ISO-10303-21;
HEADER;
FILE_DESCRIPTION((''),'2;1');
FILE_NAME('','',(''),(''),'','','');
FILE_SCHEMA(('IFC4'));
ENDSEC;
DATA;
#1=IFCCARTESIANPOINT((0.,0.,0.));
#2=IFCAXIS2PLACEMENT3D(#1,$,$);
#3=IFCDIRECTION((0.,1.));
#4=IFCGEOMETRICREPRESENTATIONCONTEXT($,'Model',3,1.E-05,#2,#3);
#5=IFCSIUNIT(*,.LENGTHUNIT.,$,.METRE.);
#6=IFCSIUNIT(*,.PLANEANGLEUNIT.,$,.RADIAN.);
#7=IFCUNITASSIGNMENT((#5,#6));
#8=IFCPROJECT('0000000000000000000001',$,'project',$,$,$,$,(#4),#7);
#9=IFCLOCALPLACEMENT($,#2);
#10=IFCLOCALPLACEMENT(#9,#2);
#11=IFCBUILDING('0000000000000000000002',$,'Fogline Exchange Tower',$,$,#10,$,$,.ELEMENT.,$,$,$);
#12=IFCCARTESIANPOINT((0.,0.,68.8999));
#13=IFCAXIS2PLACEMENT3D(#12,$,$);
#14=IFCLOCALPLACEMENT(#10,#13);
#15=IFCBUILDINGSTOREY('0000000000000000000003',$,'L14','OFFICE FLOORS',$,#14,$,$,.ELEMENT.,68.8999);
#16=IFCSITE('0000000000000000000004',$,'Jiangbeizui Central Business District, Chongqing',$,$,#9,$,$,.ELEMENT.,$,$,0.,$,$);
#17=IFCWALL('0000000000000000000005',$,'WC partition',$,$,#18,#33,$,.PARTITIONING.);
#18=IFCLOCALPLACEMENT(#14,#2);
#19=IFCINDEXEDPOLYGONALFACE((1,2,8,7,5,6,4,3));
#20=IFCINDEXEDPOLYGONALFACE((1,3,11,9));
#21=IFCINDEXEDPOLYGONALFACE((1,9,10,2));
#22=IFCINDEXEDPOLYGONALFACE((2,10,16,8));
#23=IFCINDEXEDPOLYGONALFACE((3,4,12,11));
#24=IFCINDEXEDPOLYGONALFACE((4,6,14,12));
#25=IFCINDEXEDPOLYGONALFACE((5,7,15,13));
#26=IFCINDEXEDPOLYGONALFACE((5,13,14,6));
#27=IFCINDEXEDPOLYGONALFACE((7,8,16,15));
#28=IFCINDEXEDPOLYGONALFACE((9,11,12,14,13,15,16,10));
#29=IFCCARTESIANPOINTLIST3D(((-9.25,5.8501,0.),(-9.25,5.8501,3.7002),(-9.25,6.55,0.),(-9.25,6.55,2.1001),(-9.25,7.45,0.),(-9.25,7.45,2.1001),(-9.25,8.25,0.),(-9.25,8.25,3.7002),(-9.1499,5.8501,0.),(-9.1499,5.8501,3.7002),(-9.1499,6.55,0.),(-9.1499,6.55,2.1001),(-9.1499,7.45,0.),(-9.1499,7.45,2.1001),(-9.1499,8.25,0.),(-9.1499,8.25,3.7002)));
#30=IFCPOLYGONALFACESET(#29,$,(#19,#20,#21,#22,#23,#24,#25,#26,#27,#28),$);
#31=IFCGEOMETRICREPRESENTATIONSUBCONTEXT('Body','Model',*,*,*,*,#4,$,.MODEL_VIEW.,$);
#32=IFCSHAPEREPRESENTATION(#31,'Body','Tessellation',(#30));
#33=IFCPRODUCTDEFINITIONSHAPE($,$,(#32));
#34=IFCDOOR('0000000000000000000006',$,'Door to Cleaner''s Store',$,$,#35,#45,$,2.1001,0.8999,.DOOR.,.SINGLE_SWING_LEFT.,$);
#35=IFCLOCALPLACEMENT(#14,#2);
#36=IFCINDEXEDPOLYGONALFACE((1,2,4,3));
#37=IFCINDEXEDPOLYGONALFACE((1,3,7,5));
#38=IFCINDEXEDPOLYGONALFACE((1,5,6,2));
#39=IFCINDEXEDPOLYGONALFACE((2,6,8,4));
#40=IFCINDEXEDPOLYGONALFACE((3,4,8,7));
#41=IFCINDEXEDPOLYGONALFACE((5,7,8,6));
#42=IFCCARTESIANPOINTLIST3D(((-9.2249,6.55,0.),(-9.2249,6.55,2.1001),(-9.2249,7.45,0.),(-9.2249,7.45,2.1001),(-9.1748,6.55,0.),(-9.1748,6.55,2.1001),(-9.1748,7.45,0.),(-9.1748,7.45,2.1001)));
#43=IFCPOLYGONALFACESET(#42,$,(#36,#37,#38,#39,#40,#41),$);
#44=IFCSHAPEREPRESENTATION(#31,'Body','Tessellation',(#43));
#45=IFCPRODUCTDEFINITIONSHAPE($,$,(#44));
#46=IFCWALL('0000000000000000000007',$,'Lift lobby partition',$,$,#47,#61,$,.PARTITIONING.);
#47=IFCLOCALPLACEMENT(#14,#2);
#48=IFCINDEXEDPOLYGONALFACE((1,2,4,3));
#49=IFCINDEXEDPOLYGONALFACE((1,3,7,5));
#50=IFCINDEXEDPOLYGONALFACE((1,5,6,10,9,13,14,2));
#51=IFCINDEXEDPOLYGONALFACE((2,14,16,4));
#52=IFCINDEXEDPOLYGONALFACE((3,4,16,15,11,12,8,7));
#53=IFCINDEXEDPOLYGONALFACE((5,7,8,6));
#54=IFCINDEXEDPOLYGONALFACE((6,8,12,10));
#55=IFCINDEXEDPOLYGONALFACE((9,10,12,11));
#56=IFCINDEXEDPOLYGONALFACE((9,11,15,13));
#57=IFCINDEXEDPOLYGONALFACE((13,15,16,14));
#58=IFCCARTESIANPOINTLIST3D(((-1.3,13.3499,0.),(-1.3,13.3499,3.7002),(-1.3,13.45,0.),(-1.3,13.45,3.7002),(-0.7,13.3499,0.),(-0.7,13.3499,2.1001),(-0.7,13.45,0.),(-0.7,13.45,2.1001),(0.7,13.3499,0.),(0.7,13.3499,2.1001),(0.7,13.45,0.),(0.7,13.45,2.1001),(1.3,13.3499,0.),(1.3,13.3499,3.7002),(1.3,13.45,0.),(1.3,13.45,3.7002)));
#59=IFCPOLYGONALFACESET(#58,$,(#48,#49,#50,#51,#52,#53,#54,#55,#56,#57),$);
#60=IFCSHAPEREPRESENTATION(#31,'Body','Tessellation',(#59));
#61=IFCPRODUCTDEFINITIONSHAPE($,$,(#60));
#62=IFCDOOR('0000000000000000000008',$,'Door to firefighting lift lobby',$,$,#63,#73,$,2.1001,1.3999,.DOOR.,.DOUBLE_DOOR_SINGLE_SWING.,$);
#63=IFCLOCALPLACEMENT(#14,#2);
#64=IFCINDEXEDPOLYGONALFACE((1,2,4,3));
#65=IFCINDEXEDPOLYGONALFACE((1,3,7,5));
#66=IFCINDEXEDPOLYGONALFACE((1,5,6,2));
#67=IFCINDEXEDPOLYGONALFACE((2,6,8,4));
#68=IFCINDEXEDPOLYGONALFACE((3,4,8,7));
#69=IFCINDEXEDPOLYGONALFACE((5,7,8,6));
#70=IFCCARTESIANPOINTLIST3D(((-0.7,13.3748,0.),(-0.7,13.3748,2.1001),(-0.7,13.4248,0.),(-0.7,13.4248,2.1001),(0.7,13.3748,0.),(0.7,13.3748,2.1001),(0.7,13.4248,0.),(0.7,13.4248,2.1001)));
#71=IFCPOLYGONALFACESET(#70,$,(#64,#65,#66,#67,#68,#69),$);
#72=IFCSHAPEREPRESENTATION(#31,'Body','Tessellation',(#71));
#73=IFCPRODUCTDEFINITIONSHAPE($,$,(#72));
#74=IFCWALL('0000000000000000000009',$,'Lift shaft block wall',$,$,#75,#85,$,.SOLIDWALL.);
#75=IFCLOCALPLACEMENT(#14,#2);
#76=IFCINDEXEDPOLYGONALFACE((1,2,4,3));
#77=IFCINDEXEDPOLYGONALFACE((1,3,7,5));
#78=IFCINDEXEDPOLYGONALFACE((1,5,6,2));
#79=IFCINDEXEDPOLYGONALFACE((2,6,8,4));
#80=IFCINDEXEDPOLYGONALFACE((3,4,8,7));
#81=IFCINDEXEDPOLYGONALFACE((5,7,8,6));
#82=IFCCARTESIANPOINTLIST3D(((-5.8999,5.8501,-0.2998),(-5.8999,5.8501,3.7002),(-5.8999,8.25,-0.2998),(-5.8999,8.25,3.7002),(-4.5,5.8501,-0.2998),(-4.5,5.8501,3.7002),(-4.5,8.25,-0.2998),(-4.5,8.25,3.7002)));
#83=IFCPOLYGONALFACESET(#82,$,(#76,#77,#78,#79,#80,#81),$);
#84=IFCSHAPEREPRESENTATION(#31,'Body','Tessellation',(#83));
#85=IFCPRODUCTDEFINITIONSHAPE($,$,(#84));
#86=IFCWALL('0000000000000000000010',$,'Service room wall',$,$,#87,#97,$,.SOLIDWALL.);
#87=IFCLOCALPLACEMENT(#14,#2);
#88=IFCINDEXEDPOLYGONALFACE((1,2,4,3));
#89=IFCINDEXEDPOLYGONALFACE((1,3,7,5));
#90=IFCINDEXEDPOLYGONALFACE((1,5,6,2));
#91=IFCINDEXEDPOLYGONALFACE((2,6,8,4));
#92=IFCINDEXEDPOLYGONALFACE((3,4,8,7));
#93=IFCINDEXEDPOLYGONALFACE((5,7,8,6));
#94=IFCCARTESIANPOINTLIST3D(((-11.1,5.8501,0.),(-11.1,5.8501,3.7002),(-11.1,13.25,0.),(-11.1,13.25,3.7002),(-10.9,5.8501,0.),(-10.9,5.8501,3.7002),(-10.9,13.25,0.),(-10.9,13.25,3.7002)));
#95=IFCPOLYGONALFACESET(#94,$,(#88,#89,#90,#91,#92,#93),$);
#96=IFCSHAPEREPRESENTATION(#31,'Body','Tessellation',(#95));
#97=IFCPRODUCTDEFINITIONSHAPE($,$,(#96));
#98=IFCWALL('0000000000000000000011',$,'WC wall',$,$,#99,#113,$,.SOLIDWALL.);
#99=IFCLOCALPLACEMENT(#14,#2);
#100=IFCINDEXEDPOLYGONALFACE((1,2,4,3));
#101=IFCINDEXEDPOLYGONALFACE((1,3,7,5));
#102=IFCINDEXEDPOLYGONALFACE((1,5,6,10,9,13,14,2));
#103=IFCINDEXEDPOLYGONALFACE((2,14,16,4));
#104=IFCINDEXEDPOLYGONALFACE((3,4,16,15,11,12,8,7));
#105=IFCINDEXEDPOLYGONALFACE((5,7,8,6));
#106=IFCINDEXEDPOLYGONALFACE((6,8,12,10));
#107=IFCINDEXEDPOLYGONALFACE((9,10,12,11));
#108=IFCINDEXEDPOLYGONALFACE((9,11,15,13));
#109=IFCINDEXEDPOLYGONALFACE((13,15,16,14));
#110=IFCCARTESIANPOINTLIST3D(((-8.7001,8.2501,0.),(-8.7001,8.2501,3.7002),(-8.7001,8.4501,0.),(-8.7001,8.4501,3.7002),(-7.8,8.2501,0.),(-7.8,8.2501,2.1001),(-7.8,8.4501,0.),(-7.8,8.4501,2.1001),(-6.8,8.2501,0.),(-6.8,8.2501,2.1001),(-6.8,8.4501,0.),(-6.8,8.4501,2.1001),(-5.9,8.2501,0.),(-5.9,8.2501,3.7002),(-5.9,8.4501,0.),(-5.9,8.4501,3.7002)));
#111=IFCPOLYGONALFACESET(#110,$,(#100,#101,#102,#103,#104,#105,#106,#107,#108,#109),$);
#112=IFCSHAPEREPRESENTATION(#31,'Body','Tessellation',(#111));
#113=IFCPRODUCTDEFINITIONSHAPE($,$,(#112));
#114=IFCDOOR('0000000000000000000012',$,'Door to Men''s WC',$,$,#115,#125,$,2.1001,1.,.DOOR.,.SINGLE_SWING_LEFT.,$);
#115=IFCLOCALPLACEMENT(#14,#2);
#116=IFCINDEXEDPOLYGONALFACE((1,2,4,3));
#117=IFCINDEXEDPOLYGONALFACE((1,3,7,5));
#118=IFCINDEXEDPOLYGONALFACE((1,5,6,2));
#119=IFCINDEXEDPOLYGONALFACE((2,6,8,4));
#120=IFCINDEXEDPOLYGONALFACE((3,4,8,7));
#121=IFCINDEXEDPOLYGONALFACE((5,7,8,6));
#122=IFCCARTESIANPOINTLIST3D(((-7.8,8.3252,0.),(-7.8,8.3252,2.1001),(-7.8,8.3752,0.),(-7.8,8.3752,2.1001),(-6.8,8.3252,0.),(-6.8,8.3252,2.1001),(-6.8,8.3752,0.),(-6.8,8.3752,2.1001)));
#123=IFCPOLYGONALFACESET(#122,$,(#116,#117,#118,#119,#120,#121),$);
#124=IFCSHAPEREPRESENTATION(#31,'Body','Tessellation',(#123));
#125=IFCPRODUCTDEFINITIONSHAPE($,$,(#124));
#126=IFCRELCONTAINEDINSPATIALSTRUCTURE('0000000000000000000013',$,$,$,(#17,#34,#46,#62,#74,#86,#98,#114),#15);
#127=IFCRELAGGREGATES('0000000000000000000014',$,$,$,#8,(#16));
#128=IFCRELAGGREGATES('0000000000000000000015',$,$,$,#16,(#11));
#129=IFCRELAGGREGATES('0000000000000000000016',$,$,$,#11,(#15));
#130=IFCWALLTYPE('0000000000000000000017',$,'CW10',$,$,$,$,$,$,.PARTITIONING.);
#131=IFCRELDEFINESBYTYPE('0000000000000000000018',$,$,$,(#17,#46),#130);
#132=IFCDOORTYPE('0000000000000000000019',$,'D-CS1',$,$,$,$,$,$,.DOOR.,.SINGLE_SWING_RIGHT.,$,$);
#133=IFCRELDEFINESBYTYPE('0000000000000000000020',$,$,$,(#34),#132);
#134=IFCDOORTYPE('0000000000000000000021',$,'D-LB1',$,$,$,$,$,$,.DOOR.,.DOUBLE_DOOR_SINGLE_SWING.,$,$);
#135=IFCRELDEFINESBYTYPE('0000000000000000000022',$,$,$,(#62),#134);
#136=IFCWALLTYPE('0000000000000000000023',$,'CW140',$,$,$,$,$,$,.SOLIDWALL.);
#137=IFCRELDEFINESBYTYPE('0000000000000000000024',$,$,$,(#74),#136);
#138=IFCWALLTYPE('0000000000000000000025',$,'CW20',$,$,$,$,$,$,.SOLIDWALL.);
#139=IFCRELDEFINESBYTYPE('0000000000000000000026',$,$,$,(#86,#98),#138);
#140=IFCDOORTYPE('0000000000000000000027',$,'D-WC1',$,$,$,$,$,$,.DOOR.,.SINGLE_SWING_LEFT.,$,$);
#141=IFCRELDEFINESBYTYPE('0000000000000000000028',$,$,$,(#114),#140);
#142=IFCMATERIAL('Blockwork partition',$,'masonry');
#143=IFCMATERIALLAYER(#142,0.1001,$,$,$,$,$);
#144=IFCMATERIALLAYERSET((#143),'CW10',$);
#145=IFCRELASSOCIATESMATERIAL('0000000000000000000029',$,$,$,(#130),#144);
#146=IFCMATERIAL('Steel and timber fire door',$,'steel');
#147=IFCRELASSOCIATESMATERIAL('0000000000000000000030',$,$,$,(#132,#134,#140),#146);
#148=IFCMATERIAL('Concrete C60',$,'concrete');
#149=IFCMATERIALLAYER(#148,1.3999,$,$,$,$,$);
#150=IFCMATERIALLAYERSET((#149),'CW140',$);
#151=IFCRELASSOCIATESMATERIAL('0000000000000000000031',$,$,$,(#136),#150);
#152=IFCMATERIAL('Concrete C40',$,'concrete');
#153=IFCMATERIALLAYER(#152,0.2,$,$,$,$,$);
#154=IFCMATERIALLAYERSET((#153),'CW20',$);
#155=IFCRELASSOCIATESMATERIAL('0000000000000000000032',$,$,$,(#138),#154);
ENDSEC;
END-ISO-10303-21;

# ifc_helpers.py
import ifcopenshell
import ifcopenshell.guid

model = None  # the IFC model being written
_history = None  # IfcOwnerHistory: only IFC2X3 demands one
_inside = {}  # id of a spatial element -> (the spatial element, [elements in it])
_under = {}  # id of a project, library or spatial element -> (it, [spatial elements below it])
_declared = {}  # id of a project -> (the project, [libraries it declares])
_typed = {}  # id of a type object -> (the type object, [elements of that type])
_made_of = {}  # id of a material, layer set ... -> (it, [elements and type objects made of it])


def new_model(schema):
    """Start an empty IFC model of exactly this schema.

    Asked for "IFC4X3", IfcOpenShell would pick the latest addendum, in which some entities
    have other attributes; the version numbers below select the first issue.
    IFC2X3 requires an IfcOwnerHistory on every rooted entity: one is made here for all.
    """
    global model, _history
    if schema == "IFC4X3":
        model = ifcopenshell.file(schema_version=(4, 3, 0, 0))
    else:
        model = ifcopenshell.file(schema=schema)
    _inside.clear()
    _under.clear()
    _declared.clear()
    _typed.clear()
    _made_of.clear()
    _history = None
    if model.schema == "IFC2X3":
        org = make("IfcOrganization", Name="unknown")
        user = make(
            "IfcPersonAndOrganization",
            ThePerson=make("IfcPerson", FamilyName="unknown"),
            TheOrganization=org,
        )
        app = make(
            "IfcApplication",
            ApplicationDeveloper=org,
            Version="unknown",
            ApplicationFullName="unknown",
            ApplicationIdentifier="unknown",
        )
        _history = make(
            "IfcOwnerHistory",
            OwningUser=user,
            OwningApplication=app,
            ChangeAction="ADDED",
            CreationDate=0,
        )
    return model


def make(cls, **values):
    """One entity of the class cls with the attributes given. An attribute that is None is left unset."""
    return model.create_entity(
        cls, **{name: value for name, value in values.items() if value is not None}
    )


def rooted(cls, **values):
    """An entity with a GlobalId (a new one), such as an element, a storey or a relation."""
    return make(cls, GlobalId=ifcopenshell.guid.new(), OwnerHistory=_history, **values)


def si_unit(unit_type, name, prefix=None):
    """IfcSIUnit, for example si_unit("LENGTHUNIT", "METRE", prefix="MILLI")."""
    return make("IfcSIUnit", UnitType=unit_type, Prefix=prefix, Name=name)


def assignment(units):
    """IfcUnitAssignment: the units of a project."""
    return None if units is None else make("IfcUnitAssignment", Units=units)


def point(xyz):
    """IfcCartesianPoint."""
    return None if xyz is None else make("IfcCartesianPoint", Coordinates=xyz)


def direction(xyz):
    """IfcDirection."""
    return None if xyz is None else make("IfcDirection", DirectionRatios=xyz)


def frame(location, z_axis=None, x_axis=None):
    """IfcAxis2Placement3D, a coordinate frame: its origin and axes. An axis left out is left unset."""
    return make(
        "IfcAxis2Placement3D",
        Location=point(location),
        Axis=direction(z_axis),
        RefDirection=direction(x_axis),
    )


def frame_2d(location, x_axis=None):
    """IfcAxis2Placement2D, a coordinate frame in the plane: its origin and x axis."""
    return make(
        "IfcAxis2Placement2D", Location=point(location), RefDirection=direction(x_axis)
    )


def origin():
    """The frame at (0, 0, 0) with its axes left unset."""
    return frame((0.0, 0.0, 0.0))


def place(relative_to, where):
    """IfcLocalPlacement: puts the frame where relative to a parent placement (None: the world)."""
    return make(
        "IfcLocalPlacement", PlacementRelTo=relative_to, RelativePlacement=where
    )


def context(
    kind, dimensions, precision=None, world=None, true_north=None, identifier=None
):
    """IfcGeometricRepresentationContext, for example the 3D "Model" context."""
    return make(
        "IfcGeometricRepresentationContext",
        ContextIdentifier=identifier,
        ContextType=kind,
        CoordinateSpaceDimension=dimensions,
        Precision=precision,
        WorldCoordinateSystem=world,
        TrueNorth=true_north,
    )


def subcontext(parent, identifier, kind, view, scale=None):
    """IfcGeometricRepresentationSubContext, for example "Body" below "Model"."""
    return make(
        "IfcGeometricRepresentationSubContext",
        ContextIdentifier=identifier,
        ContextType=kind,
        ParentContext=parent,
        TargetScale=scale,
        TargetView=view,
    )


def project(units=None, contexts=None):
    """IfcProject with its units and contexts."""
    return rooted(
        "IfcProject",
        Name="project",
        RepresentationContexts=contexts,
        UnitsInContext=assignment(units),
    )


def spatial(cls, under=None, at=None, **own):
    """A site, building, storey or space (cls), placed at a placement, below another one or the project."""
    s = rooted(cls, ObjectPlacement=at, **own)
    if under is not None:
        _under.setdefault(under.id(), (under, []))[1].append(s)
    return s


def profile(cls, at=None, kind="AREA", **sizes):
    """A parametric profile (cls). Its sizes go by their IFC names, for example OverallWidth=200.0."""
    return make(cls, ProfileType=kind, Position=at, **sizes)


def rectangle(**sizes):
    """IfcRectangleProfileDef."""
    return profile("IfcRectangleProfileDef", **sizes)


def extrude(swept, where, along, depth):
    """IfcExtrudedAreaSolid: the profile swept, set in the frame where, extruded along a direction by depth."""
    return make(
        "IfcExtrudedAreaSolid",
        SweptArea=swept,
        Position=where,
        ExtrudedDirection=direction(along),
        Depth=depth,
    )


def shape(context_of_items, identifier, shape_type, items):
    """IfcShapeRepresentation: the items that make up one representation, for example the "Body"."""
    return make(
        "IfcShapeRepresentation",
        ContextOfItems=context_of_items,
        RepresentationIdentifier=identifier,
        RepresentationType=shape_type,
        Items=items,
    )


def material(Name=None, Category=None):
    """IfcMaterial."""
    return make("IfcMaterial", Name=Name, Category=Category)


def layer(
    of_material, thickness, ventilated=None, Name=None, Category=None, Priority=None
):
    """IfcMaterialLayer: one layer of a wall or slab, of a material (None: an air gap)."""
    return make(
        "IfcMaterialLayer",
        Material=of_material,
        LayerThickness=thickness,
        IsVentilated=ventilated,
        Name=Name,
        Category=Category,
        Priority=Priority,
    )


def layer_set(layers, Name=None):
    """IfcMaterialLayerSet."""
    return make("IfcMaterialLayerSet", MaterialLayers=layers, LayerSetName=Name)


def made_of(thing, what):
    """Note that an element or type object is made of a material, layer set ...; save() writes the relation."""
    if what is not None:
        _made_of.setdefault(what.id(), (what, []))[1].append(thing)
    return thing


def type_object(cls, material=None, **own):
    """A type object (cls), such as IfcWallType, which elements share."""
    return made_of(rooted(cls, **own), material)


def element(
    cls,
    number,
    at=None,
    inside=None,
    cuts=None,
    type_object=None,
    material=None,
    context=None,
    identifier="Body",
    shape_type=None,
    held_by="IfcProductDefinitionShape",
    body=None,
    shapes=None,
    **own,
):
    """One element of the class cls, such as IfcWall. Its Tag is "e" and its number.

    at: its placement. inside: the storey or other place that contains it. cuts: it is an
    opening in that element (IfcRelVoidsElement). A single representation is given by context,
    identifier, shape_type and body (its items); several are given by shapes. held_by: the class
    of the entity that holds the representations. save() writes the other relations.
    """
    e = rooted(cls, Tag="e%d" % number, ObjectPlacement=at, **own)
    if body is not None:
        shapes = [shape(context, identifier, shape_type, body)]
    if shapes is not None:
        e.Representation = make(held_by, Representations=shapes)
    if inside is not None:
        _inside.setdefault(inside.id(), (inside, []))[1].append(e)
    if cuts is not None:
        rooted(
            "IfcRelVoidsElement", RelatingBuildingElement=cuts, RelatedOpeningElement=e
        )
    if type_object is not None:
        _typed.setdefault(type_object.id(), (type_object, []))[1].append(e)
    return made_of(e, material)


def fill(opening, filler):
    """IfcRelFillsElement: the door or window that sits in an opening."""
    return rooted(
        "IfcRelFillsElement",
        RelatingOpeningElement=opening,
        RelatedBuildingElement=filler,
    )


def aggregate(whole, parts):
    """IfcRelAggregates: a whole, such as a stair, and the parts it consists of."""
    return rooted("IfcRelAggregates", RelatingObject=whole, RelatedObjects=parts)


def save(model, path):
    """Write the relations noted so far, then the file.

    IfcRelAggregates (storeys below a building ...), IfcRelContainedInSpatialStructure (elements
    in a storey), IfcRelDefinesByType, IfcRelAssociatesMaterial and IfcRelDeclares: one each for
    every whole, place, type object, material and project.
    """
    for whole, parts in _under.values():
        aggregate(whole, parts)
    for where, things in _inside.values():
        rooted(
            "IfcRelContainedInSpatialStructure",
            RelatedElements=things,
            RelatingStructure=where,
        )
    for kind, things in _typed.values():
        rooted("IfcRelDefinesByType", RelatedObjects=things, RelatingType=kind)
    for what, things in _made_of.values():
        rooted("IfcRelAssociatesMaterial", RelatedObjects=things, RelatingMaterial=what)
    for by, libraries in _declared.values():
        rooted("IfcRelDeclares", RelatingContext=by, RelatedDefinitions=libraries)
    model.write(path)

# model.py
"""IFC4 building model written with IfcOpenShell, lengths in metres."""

from ifc_helpers import new_model, si_unit, direction, frame, frame_2d, origin, place, context, subcontext, project, spatial, rectangle, extrude, material, layer, layer_set, type_object, element, fill, save


model = new_model("IFC4")

# Units and contexts
model_context = context("Model", 3, precision=1e-05, world=origin(), true_north=direction((0.0, 1.0)))
body_context = subcontext(model_context, "Body", "Model", "MODEL_VIEW")
ifc_project = project(units=[si_unit("LENGTHUNIT", "METRE"), si_unit("PLANEANGLEUNIT", "RADIAN")], contexts=[model_context])

# Site, building, storey
site_placement = place(None, origin())
site = spatial("IfcSite", under=ifc_project, at=site_placement, Name="Jiangbeizui Central Business District, Chongqing", CompositionType="ELEMENT", RefElevation=0.0)
building_placement = place(site_placement, origin())
building = spatial("IfcBuilding", under=site, at=building_placement, Name="Fogline Exchange Tower", CompositionType="ELEMENT")
storey_placement = place(building_placement, frame((0.0, 0.0, 68.8999)))
storey = spatial("IfcBuildingStorey", under=building, at=storey_placement, Name="L14", Description="OFFICE FLOORS", CompositionType="ELEMENT", Elevation=68.8999)

# Walls, openings, doors
ifc_material_1 = material(Name="Blockwork partition", Category="masonry")
ifc_layer_1 = layer(ifc_material_1, 0.1001)
ifc_layer_set_1 = layer_set([ifc_layer_1], Name="CW10")
wall_type_1 = type_object("IfcWallType", Name="CW10", PredefinedType="PARTITIONING", material=ifc_layer_set_1)
wall_1_placement = place(storey_placement, frame((-9.2, 5.8501, 0.0), z_axis=(0.0, 0.0, 1.0), x_axis=(0.0, 1.0, 0.0)))
wall_1 = element("IfcWall", 1, at=wall_1_placement, inside=storey, type_object=wall_type_1, Name="WC partition", PredefinedType="PARTITIONING", context=body_context, shape_type="SweptSolid", body=[
    extrude(rectangle(XDim=2.3999, YDim=0.1001, at=frame_2d((1.2, 0.0))), origin(), (0.0, 0.0, 1.0), 3.7002),
])
opening_1_placement = place(wall_1_placement, frame((0.7, 0.0, 0.0)))
opening_1 = element("IfcOpeningElement", 2, at=opening_1_placement, cuts=wall_1, PredefinedType="OPENING", context=body_context, shape_type="SweptSolid", body=[
    extrude(rectangle(XDim=0.8999, YDim=2.1001, at=frame_2d((0.45, 1.05))), frame((0.0, 0.0601, 0.0), z_axis=(0.0, -1.0, 0.0), x_axis=(1.0, 0.0, 0.0)), (0.0, 0.0, 1.0), 0.1201),
])
ifc_material_2 = material(Name="Steel and timber fire door", Category="steel")
door_type_1 = type_object("IfcDoorType", Name="D-CS1", OperationType="SINGLE_SWING_RIGHT", PredefinedType="DOOR", material=ifc_material_2)
door_1_placement = place(opening_1_placement, origin())
door_1 = element("IfcDoor", 3, at=door_1_placement, inside=storey, type_object=door_type_1, Name="Door to Cleaner's Store", OperationType="SINGLE_SWING_LEFT", OverallHeight=2.1001, OverallWidth=0.8999, PredefinedType="DOOR", context=body_context, shape_type="SweptSolid", body=[
    extrude(rectangle(XDim=0.8999, YDim=2.1001, at=frame_2d((0.45, 1.05))), frame((0.0, 0.0249, 0.0), z_axis=(0.0, -1.0, 0.0), x_axis=(1.0, 0.0, 0.0)), (0.0, 0.0, 1.0), 0.05),
])
fill(opening_1, door_1)
wall_2_placement = place(storey_placement, frame((-1.3, 13.3999, 0.0), z_axis=(0.0, 0.0, 1.0), x_axis=(1.0, 0.0, 0.0)))
wall_2 = element("IfcWall", 4, at=wall_2_placement, inside=storey, type_object=wall_type_1, Name="Lift lobby partition", PredefinedType="PARTITIONING", context=body_context, shape_type="SweptSolid", body=[
    extrude(rectangle(XDim=2.6001, YDim=0.1001, at=frame_2d((1.3, 0.0))), origin(), (0.0, 0.0, 1.0), 3.7002),
])
opening_2_placement = place(wall_2_placement, frame((0.6001, 0.0, 0.0)))
opening_2 = element("IfcOpeningElement", 5, at=opening_2_placement, cuts=wall_2, PredefinedType="OPENING", context=body_context, shape_type="SweptSolid", body=[
    extrude(rectangle(XDim=1.3999, YDim=2.1001, at=frame_2d((0.7, 1.05))), frame((0.0, 0.0601, 0.0), z_axis=(0.0, -1.0, 0.0), x_axis=(1.0, 0.0, 0.0)), (0.0, 0.0, 1.0), 0.1201),
])
door_type_2 = type_object("IfcDoorType", Name="D-LB1", OperationType="DOUBLE_DOOR_SINGLE_SWING", PredefinedType="DOOR", material=ifc_material_2)
door_2_placement = place(opening_2_placement, origin())
door_2 = element("IfcDoor", 6, at=door_2_placement, inside=storey, type_object=door_type_2, Name="Door to firefighting lift lobby", OperationType="DOUBLE_DOOR_SINGLE_SWING", OverallHeight=2.1001, OverallWidth=1.3999, PredefinedType="DOOR", context=body_context, shape_type="SweptSolid", body=[
    extrude(rectangle(XDim=1.3999, YDim=2.1001, at=frame_2d((0.7, 1.05))), frame((0.0, 0.0249, 0.0), z_axis=(0.0, -1.0, 0.0), x_axis=(1.0, 0.0, 0.0)), (0.0, 0.0, 1.0), 0.05),
])
fill(opening_2, door_2)

# Walls
ifc_material_3 = material(Name="Concrete C60", Category="concrete")
ifc_layer_2 = layer(ifc_material_3, 1.3999)
ifc_layer_set_2 = layer_set([ifc_layer_2], Name="CW140")
wall_type_2 = type_object("IfcWallType", Name="CW140", PredefinedType="SOLIDWALL", material=ifc_layer_set_2)
wall_3_placement = place(storey_placement, frame((-5.2, 5.8501, -0.2998), z_axis=(0.0, 0.0, 1.0), x_axis=(0.0, 1.0, 0.0)))
element("IfcWall", 7, at=wall_3_placement, inside=storey, type_object=wall_type_2, Name="Lift shaft block wall", PredefinedType="SOLIDWALL", context=body_context, shape_type="SweptSolid", body=[
    extrude(rectangle(XDim=2.3999, YDim=1.3999, at=frame_2d((1.2, 0.0))), origin(), (0.0, 0.0, 1.0), 4.0),
])
ifc_material_4 = material(Name="Concrete C40", Category="concrete")
ifc_layer_3 = layer(ifc_material_4, 0.2)
ifc_layer_set_3 = layer_set([ifc_layer_3], Name="CW20")
wall_type_3 = type_object("IfcWallType", Name="CW20", PredefinedType="SOLIDWALL", material=ifc_layer_set_3)
wall_4_placement = place(storey_placement, frame((-11.0, 5.8501, 0.0), z_axis=(0.0, 0.0, 1.0), x_axis=(0.0, 1.0, 0.0)))
element("IfcWall", 8, at=wall_4_placement, inside=storey, type_object=wall_type_3, Name="Service room wall", PredefinedType="SOLIDWALL", context=body_context, shape_type="SweptSolid", body=[
    extrude(rectangle(XDim=7.3999, YDim=0.2, at=frame_2d((3.7, 0.0))), origin(), (0.0, 0.0, 1.0), 3.7002),
])

# Wall, opening, door
wall_5_placement = place(storey_placement, frame((-8.7, 8.3501, 0.0), z_axis=(0.0, 0.0, 1.0), x_axis=(1.0, 0.0, 0.0)))
wall_5 = element("IfcWall", 9, at=wall_5_placement, inside=storey, type_object=wall_type_3, Name="WC wall", PredefinedType="SOLIDWALL", context=body_context, shape_type="SweptSolid", body=[
    extrude(rectangle(XDim=2.8, YDim=0.2, at=frame_2d((1.3999, 0.0))), origin(), (0.0, 0.0, 1.0), 3.7002),
])
opening_3_placement = place(wall_5_placement, frame((0.8999, 0.0, 0.0)))
opening_3 = element("IfcOpeningElement", 10, at=opening_3_placement, cuts=wall_5, PredefinedType="OPENING", context=body_context, shape_type="SweptSolid", body=[
    extrude(rectangle(XDim=1.0, YDim=2.1001, at=frame_2d((0.5, 1.05))), frame((0.0, 0.1099, 0.0), z_axis=(0.0, -1.0, 0.0), x_axis=(1.0, 0.0, 0.0)), (0.0, 0.0, 1.0), 0.22),
])
door_type_3 = type_object("IfcDoorType", Name="D-WC1", OperationType="SINGLE_SWING_LEFT", PredefinedType="DOOR", material=ifc_material_2)
door_3_placement = place(opening_3_placement, frame((1.0, 0.0, 0.0), z_axis=(0.0, 0.0, 1.0), x_axis=(-1.0, 0.0, 0.0)))
door_3 = element("IfcDoor", 11, at=door_3_placement, inside=storey, type_object=door_type_3, Name="Door to Men's WC", OperationType="SINGLE_SWING_LEFT", OverallHeight=2.1001, OverallWidth=1.0, PredefinedType="DOOR", context=body_context, shape_type="SweptSolid", body=[
    extrude(rectangle(XDim=1.0, YDim=2.1001, at=frame_2d((0.5, 1.05))), frame((0.0, 0.0249, 0.0), z_axis=(0.0, -1.0, 0.0), x_axis=(1.0, 0.0, 0.0)), (0.0, 0.0, 1.0), 0.05),
])
fill(opening_3, door_3)

save(model, "model.ifc")
